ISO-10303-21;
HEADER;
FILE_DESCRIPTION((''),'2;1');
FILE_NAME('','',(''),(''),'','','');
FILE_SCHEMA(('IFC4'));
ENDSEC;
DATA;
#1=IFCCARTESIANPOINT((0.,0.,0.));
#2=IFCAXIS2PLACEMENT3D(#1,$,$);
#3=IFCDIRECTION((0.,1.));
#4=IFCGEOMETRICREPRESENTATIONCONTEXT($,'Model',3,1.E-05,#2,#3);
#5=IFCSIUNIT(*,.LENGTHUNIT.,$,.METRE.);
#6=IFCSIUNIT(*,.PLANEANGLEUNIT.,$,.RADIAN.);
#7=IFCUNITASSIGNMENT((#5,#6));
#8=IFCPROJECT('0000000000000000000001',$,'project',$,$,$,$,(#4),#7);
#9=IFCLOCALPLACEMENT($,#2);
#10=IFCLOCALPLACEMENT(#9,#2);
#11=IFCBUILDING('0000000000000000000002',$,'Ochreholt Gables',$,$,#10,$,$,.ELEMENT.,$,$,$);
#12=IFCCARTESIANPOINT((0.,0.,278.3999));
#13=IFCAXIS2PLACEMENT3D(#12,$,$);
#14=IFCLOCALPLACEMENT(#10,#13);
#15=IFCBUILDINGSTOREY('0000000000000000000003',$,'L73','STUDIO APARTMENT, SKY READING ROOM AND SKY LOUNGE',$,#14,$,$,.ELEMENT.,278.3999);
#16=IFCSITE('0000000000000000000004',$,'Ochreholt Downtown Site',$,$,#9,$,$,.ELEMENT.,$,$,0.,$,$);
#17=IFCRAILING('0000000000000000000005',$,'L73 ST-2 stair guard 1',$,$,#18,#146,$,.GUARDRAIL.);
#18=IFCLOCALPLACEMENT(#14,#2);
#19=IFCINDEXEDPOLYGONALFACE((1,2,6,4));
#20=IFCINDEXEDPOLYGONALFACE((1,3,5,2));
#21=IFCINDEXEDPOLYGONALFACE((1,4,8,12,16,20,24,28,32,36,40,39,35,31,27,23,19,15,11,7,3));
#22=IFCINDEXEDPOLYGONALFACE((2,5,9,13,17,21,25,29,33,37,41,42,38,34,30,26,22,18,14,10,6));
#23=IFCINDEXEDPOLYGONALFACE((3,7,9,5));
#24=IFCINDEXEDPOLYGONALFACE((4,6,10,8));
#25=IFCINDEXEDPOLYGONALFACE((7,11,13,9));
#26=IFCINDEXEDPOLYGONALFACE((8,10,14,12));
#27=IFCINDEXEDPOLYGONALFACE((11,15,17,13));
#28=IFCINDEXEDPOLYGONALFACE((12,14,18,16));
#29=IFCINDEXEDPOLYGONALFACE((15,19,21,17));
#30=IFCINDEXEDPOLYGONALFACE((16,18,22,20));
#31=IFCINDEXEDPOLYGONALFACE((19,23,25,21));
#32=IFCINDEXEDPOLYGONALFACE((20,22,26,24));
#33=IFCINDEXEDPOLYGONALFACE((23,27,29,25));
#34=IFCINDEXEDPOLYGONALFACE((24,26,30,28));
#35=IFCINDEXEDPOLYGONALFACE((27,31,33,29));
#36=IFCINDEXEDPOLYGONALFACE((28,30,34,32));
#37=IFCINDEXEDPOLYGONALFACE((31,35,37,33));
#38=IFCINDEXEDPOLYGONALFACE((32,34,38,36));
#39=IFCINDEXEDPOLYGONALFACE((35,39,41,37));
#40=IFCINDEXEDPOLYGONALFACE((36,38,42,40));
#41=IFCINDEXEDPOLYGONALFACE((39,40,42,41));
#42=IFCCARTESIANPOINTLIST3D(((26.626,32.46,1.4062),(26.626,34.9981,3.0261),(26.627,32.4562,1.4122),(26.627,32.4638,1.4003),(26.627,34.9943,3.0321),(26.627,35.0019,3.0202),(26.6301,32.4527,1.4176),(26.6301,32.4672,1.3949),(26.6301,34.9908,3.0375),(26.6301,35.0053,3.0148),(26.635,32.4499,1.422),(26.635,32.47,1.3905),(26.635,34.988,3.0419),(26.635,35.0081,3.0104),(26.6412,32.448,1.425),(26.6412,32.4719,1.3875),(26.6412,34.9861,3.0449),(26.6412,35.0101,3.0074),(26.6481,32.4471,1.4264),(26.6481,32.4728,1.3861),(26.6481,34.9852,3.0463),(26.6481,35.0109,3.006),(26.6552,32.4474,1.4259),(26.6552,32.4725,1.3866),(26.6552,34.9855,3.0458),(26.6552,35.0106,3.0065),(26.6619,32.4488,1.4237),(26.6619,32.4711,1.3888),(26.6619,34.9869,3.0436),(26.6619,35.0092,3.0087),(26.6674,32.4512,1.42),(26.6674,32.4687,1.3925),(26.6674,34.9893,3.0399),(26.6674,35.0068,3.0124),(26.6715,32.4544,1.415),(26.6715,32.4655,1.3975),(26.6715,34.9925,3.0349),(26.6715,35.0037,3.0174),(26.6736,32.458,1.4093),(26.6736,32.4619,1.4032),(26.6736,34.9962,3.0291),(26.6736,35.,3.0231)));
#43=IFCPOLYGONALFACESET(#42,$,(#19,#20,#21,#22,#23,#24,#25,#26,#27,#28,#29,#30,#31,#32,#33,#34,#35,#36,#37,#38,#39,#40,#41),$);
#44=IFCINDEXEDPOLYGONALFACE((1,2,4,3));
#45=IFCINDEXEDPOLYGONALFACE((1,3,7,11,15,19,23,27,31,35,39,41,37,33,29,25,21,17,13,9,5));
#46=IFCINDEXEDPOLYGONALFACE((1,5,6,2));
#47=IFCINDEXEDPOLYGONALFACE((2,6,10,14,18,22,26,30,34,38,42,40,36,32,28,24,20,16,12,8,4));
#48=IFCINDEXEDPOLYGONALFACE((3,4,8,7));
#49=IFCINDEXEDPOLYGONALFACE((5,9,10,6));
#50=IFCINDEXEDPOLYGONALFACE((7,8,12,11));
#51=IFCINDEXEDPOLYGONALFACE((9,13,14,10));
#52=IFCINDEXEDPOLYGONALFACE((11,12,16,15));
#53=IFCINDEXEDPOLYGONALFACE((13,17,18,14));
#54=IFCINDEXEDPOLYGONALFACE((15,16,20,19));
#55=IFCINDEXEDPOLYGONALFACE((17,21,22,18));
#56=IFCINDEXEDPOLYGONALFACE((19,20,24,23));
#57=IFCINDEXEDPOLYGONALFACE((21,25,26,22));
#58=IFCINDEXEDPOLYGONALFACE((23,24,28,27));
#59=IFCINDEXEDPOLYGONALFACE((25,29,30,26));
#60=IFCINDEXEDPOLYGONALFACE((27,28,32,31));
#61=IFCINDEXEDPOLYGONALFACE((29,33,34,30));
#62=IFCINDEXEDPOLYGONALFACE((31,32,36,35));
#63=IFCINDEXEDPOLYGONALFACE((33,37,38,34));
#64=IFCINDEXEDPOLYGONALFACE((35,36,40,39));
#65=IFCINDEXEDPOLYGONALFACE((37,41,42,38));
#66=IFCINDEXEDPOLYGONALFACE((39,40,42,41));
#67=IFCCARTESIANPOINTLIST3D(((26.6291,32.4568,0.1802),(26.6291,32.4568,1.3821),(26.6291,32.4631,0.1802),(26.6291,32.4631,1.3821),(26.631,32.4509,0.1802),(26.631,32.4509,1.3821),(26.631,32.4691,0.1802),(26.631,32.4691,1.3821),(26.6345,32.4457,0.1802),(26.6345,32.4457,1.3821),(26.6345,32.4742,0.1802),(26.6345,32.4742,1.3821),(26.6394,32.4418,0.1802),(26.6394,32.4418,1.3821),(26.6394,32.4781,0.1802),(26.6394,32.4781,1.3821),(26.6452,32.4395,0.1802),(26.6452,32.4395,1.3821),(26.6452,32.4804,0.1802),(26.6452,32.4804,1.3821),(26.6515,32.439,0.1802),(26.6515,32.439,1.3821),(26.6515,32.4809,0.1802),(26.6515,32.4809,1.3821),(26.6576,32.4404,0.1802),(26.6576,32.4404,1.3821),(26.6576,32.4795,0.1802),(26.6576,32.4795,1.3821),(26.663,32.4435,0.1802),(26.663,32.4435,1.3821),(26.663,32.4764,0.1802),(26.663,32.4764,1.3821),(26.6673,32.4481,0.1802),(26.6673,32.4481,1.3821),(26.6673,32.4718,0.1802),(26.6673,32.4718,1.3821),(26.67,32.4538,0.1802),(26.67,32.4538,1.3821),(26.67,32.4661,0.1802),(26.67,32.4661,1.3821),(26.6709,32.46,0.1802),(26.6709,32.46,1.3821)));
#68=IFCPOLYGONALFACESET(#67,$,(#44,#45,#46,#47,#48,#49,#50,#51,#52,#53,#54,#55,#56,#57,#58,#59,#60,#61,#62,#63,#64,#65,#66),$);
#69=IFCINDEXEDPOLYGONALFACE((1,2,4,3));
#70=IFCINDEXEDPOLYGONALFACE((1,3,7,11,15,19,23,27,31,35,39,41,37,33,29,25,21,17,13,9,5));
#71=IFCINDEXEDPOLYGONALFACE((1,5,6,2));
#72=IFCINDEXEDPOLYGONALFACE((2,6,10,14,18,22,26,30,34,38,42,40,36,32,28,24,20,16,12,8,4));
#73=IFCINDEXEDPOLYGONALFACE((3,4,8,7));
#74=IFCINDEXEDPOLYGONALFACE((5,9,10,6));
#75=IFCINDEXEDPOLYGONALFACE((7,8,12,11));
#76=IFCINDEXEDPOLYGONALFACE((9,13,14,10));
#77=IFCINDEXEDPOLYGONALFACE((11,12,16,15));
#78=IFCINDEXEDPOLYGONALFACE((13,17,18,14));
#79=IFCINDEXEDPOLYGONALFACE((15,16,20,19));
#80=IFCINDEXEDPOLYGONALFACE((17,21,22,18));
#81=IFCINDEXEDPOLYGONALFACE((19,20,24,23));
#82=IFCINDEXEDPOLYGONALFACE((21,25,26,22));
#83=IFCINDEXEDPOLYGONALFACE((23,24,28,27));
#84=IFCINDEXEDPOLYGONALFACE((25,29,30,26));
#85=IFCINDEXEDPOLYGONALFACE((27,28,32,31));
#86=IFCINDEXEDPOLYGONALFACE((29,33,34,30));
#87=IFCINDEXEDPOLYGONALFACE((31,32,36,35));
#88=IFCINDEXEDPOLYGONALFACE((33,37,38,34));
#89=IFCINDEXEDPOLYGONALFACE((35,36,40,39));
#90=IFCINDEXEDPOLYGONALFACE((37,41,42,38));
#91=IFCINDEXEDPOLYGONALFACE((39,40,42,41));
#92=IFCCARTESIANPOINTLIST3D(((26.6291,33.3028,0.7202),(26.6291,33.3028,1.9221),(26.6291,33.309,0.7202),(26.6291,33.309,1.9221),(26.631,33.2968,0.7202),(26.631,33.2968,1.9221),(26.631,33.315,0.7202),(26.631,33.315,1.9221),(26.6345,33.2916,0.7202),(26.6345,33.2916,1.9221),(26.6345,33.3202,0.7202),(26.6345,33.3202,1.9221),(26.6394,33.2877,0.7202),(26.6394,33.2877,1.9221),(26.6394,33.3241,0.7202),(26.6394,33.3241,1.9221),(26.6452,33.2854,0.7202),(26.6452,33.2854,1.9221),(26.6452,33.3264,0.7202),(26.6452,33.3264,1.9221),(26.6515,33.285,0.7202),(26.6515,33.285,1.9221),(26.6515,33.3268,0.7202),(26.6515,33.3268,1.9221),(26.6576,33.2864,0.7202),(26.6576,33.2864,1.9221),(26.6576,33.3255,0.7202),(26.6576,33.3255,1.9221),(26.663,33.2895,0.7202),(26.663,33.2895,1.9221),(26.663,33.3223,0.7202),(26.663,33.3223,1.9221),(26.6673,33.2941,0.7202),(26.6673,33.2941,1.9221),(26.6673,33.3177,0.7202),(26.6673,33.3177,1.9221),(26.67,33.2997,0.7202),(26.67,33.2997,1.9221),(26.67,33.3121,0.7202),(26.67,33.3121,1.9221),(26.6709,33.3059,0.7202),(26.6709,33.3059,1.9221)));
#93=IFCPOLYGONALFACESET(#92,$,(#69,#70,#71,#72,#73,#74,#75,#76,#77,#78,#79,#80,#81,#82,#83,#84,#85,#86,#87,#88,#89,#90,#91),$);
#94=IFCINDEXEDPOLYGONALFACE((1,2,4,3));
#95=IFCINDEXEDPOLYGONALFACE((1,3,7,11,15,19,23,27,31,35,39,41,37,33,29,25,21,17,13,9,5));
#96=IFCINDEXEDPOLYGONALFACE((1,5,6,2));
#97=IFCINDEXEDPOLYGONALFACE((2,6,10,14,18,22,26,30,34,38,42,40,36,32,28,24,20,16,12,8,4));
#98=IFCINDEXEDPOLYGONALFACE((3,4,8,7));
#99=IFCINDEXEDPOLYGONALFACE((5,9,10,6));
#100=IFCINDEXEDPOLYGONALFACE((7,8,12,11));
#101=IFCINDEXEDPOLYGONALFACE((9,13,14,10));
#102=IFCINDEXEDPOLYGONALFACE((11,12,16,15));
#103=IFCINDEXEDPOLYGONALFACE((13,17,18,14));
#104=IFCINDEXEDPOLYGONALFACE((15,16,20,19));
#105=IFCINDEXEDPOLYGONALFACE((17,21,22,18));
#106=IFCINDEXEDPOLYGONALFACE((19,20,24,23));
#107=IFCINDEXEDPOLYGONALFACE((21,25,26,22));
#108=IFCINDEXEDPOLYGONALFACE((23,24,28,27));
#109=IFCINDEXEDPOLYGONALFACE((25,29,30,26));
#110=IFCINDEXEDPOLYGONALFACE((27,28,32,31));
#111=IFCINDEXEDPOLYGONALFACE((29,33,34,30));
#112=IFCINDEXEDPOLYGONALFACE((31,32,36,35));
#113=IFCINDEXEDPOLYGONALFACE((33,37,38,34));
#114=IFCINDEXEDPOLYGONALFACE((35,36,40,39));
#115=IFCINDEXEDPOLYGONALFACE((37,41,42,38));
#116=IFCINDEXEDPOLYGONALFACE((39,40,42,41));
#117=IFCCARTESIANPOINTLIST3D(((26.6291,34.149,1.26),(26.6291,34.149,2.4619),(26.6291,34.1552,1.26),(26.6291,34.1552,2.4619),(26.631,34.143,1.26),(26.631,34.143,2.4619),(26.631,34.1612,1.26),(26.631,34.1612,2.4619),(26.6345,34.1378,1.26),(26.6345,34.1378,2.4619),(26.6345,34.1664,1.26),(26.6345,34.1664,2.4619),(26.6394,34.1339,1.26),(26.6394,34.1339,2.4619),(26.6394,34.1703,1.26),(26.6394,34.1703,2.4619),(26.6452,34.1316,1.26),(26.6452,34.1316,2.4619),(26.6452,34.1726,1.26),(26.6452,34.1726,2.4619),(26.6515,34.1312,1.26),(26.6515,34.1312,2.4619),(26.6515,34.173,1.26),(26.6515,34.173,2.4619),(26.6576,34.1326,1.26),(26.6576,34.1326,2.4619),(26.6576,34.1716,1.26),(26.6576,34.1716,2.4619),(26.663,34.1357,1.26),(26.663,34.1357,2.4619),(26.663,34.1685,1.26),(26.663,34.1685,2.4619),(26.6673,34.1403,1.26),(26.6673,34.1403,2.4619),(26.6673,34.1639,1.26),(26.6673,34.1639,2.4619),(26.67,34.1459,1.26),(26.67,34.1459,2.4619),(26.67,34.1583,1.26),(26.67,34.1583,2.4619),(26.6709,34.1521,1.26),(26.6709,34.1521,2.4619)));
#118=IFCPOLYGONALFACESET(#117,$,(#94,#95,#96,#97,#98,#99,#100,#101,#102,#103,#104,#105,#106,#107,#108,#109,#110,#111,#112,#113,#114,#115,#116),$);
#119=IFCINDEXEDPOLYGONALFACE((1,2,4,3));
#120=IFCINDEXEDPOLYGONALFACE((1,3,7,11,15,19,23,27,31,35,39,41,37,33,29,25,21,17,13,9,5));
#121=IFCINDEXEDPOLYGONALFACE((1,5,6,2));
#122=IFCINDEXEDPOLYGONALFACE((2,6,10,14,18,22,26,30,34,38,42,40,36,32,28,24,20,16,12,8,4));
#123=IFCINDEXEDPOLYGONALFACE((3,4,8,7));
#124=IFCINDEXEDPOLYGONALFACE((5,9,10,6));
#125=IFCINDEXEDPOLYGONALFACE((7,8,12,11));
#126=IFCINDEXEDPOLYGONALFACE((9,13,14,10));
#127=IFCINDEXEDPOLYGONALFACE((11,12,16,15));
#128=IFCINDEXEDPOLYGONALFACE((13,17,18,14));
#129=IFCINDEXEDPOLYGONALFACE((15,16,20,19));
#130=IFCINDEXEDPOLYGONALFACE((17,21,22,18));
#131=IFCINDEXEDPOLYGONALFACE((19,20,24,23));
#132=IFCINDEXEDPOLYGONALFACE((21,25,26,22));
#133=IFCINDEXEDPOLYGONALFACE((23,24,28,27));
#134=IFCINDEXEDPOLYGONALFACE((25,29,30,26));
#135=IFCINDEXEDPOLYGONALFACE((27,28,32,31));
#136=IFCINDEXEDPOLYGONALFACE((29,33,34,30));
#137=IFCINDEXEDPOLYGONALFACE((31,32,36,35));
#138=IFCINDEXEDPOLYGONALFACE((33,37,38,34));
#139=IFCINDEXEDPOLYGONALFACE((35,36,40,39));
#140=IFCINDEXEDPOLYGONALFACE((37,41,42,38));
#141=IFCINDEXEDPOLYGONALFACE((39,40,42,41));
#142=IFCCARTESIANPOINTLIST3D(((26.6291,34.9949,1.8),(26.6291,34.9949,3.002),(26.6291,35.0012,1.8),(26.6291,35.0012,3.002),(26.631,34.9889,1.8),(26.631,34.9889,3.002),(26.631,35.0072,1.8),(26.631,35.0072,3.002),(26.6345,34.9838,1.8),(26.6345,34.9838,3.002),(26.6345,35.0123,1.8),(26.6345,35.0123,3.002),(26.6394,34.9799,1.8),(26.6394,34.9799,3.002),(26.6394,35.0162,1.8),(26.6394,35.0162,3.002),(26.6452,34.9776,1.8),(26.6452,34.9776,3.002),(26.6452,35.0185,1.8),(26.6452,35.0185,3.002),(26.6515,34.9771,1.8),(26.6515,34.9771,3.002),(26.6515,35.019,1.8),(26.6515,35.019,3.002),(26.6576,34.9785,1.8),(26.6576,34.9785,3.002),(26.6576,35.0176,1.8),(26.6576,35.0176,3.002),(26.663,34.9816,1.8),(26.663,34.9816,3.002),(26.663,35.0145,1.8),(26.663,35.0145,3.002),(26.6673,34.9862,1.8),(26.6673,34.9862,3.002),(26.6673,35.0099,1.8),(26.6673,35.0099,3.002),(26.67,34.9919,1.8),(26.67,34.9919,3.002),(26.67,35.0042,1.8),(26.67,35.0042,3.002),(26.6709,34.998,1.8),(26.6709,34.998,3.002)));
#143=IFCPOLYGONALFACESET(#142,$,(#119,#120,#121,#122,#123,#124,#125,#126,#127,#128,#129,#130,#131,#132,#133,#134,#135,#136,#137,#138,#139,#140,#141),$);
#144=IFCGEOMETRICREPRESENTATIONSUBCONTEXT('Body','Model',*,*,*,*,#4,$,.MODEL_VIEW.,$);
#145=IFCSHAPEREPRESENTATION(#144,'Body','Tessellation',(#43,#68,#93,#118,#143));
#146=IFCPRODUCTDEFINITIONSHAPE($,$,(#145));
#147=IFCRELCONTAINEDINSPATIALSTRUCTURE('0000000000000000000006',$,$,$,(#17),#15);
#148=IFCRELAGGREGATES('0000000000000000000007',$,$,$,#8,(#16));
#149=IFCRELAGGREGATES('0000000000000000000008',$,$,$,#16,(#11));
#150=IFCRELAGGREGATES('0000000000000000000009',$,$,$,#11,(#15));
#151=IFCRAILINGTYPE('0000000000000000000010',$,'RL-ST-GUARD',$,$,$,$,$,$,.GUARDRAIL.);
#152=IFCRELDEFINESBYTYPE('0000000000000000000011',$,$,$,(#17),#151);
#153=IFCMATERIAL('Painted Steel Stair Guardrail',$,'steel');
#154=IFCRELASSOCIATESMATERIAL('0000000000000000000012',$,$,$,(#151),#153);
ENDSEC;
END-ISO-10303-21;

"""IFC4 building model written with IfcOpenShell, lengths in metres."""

from ifc_helpers import new_model, si_unit, direction, frame, origin, origin_2d, place, context, subcontext, project, spatial, circle, extrude, material, type_object, element, save


model = new_model("IFC4")

# Units and contexts
model_context = context("Model", 3, precision=1e-05, world=origin(), true_north=direction((0.0, 1.0)))
body_context = subcontext(model_context, "Body", "Model", "MODEL_VIEW")
ifc_project = project(units=[si_unit("LENGTHUNIT", "METRE"), si_unit("PLANEANGLEUNIT", "RADIAN")], contexts=[model_context])

# Site, building, storey
site_placement = place(None, origin())
site = spatial("IfcSite", under=ifc_project, at=site_placement, Name="Ochreholt Downtown Site", CompositionType="ELEMENT", RefElevation=0.0)
building_placement = place(site_placement, origin())
building = spatial("IfcBuilding", under=site, at=building_placement, Name="Ochreholt Gables", CompositionType="ELEMENT")
storey_placement = place(building_placement, frame((0.0, 0.0, 278.3999)))
storey = spatial("IfcBuildingStorey", under=building, at=storey_placement, Name="L73", Description="STUDIO APARTMENT, SKY READING ROOM AND SKY LOUNGE", CompositionType="ELEMENT", Elevation=278.3999)

# Railing
ifc_material_1 = material(Name="Painted Steel Stair Guardrail", Category="steel")
railing_type_1 = type_object("IfcRailingType", Name="RL-ST-GUARD", PredefinedType="GUARDRAIL", material=ifc_material_1)
railing_1_placement = place(storey_placement, frame((26.6499, 32.46, 0.1802)))
element("IfcRailing", 1, at=railing_1_placement, inside=storey, type_object=railing_type_1, Name="L73 ST-2 stair guard 1", PredefinedType="GUARDRAIL", context=body_context, shape_type="SweptSolid", body=[
    extrude(circle(Radius=0.0239, at=origin_2d()), frame((0.0, 0.0, 1.2261), z_axis=(0.0, 0.84295, 0.537993), x_axis=(-1.0, 0.0, 0.0)), (0.0, 0.0, 1.0), 3.011),
    extrude(circle(Radius=0.021, at=origin_2d()), origin(), (0.0, 0.0, 1.0), 1.2019),
    extrude(circle(Radius=0.021, at=origin_2d()), frame((0.0, 0.8459, 0.54)), (0.0, 0.0, 1.0), 1.2019),
    extrude(circle(Radius=0.021, at=origin_2d()), frame((0.0, 1.6921, 1.0798)), (0.0, 0.0, 1.0), 1.2019),
    extrude(circle(Radius=0.021, at=origin_2d()), frame((0.0, 2.5381, 1.6199)), (0.0, 0.0, 1.0), 1.2019),
])

save(model, "model.ifc")
